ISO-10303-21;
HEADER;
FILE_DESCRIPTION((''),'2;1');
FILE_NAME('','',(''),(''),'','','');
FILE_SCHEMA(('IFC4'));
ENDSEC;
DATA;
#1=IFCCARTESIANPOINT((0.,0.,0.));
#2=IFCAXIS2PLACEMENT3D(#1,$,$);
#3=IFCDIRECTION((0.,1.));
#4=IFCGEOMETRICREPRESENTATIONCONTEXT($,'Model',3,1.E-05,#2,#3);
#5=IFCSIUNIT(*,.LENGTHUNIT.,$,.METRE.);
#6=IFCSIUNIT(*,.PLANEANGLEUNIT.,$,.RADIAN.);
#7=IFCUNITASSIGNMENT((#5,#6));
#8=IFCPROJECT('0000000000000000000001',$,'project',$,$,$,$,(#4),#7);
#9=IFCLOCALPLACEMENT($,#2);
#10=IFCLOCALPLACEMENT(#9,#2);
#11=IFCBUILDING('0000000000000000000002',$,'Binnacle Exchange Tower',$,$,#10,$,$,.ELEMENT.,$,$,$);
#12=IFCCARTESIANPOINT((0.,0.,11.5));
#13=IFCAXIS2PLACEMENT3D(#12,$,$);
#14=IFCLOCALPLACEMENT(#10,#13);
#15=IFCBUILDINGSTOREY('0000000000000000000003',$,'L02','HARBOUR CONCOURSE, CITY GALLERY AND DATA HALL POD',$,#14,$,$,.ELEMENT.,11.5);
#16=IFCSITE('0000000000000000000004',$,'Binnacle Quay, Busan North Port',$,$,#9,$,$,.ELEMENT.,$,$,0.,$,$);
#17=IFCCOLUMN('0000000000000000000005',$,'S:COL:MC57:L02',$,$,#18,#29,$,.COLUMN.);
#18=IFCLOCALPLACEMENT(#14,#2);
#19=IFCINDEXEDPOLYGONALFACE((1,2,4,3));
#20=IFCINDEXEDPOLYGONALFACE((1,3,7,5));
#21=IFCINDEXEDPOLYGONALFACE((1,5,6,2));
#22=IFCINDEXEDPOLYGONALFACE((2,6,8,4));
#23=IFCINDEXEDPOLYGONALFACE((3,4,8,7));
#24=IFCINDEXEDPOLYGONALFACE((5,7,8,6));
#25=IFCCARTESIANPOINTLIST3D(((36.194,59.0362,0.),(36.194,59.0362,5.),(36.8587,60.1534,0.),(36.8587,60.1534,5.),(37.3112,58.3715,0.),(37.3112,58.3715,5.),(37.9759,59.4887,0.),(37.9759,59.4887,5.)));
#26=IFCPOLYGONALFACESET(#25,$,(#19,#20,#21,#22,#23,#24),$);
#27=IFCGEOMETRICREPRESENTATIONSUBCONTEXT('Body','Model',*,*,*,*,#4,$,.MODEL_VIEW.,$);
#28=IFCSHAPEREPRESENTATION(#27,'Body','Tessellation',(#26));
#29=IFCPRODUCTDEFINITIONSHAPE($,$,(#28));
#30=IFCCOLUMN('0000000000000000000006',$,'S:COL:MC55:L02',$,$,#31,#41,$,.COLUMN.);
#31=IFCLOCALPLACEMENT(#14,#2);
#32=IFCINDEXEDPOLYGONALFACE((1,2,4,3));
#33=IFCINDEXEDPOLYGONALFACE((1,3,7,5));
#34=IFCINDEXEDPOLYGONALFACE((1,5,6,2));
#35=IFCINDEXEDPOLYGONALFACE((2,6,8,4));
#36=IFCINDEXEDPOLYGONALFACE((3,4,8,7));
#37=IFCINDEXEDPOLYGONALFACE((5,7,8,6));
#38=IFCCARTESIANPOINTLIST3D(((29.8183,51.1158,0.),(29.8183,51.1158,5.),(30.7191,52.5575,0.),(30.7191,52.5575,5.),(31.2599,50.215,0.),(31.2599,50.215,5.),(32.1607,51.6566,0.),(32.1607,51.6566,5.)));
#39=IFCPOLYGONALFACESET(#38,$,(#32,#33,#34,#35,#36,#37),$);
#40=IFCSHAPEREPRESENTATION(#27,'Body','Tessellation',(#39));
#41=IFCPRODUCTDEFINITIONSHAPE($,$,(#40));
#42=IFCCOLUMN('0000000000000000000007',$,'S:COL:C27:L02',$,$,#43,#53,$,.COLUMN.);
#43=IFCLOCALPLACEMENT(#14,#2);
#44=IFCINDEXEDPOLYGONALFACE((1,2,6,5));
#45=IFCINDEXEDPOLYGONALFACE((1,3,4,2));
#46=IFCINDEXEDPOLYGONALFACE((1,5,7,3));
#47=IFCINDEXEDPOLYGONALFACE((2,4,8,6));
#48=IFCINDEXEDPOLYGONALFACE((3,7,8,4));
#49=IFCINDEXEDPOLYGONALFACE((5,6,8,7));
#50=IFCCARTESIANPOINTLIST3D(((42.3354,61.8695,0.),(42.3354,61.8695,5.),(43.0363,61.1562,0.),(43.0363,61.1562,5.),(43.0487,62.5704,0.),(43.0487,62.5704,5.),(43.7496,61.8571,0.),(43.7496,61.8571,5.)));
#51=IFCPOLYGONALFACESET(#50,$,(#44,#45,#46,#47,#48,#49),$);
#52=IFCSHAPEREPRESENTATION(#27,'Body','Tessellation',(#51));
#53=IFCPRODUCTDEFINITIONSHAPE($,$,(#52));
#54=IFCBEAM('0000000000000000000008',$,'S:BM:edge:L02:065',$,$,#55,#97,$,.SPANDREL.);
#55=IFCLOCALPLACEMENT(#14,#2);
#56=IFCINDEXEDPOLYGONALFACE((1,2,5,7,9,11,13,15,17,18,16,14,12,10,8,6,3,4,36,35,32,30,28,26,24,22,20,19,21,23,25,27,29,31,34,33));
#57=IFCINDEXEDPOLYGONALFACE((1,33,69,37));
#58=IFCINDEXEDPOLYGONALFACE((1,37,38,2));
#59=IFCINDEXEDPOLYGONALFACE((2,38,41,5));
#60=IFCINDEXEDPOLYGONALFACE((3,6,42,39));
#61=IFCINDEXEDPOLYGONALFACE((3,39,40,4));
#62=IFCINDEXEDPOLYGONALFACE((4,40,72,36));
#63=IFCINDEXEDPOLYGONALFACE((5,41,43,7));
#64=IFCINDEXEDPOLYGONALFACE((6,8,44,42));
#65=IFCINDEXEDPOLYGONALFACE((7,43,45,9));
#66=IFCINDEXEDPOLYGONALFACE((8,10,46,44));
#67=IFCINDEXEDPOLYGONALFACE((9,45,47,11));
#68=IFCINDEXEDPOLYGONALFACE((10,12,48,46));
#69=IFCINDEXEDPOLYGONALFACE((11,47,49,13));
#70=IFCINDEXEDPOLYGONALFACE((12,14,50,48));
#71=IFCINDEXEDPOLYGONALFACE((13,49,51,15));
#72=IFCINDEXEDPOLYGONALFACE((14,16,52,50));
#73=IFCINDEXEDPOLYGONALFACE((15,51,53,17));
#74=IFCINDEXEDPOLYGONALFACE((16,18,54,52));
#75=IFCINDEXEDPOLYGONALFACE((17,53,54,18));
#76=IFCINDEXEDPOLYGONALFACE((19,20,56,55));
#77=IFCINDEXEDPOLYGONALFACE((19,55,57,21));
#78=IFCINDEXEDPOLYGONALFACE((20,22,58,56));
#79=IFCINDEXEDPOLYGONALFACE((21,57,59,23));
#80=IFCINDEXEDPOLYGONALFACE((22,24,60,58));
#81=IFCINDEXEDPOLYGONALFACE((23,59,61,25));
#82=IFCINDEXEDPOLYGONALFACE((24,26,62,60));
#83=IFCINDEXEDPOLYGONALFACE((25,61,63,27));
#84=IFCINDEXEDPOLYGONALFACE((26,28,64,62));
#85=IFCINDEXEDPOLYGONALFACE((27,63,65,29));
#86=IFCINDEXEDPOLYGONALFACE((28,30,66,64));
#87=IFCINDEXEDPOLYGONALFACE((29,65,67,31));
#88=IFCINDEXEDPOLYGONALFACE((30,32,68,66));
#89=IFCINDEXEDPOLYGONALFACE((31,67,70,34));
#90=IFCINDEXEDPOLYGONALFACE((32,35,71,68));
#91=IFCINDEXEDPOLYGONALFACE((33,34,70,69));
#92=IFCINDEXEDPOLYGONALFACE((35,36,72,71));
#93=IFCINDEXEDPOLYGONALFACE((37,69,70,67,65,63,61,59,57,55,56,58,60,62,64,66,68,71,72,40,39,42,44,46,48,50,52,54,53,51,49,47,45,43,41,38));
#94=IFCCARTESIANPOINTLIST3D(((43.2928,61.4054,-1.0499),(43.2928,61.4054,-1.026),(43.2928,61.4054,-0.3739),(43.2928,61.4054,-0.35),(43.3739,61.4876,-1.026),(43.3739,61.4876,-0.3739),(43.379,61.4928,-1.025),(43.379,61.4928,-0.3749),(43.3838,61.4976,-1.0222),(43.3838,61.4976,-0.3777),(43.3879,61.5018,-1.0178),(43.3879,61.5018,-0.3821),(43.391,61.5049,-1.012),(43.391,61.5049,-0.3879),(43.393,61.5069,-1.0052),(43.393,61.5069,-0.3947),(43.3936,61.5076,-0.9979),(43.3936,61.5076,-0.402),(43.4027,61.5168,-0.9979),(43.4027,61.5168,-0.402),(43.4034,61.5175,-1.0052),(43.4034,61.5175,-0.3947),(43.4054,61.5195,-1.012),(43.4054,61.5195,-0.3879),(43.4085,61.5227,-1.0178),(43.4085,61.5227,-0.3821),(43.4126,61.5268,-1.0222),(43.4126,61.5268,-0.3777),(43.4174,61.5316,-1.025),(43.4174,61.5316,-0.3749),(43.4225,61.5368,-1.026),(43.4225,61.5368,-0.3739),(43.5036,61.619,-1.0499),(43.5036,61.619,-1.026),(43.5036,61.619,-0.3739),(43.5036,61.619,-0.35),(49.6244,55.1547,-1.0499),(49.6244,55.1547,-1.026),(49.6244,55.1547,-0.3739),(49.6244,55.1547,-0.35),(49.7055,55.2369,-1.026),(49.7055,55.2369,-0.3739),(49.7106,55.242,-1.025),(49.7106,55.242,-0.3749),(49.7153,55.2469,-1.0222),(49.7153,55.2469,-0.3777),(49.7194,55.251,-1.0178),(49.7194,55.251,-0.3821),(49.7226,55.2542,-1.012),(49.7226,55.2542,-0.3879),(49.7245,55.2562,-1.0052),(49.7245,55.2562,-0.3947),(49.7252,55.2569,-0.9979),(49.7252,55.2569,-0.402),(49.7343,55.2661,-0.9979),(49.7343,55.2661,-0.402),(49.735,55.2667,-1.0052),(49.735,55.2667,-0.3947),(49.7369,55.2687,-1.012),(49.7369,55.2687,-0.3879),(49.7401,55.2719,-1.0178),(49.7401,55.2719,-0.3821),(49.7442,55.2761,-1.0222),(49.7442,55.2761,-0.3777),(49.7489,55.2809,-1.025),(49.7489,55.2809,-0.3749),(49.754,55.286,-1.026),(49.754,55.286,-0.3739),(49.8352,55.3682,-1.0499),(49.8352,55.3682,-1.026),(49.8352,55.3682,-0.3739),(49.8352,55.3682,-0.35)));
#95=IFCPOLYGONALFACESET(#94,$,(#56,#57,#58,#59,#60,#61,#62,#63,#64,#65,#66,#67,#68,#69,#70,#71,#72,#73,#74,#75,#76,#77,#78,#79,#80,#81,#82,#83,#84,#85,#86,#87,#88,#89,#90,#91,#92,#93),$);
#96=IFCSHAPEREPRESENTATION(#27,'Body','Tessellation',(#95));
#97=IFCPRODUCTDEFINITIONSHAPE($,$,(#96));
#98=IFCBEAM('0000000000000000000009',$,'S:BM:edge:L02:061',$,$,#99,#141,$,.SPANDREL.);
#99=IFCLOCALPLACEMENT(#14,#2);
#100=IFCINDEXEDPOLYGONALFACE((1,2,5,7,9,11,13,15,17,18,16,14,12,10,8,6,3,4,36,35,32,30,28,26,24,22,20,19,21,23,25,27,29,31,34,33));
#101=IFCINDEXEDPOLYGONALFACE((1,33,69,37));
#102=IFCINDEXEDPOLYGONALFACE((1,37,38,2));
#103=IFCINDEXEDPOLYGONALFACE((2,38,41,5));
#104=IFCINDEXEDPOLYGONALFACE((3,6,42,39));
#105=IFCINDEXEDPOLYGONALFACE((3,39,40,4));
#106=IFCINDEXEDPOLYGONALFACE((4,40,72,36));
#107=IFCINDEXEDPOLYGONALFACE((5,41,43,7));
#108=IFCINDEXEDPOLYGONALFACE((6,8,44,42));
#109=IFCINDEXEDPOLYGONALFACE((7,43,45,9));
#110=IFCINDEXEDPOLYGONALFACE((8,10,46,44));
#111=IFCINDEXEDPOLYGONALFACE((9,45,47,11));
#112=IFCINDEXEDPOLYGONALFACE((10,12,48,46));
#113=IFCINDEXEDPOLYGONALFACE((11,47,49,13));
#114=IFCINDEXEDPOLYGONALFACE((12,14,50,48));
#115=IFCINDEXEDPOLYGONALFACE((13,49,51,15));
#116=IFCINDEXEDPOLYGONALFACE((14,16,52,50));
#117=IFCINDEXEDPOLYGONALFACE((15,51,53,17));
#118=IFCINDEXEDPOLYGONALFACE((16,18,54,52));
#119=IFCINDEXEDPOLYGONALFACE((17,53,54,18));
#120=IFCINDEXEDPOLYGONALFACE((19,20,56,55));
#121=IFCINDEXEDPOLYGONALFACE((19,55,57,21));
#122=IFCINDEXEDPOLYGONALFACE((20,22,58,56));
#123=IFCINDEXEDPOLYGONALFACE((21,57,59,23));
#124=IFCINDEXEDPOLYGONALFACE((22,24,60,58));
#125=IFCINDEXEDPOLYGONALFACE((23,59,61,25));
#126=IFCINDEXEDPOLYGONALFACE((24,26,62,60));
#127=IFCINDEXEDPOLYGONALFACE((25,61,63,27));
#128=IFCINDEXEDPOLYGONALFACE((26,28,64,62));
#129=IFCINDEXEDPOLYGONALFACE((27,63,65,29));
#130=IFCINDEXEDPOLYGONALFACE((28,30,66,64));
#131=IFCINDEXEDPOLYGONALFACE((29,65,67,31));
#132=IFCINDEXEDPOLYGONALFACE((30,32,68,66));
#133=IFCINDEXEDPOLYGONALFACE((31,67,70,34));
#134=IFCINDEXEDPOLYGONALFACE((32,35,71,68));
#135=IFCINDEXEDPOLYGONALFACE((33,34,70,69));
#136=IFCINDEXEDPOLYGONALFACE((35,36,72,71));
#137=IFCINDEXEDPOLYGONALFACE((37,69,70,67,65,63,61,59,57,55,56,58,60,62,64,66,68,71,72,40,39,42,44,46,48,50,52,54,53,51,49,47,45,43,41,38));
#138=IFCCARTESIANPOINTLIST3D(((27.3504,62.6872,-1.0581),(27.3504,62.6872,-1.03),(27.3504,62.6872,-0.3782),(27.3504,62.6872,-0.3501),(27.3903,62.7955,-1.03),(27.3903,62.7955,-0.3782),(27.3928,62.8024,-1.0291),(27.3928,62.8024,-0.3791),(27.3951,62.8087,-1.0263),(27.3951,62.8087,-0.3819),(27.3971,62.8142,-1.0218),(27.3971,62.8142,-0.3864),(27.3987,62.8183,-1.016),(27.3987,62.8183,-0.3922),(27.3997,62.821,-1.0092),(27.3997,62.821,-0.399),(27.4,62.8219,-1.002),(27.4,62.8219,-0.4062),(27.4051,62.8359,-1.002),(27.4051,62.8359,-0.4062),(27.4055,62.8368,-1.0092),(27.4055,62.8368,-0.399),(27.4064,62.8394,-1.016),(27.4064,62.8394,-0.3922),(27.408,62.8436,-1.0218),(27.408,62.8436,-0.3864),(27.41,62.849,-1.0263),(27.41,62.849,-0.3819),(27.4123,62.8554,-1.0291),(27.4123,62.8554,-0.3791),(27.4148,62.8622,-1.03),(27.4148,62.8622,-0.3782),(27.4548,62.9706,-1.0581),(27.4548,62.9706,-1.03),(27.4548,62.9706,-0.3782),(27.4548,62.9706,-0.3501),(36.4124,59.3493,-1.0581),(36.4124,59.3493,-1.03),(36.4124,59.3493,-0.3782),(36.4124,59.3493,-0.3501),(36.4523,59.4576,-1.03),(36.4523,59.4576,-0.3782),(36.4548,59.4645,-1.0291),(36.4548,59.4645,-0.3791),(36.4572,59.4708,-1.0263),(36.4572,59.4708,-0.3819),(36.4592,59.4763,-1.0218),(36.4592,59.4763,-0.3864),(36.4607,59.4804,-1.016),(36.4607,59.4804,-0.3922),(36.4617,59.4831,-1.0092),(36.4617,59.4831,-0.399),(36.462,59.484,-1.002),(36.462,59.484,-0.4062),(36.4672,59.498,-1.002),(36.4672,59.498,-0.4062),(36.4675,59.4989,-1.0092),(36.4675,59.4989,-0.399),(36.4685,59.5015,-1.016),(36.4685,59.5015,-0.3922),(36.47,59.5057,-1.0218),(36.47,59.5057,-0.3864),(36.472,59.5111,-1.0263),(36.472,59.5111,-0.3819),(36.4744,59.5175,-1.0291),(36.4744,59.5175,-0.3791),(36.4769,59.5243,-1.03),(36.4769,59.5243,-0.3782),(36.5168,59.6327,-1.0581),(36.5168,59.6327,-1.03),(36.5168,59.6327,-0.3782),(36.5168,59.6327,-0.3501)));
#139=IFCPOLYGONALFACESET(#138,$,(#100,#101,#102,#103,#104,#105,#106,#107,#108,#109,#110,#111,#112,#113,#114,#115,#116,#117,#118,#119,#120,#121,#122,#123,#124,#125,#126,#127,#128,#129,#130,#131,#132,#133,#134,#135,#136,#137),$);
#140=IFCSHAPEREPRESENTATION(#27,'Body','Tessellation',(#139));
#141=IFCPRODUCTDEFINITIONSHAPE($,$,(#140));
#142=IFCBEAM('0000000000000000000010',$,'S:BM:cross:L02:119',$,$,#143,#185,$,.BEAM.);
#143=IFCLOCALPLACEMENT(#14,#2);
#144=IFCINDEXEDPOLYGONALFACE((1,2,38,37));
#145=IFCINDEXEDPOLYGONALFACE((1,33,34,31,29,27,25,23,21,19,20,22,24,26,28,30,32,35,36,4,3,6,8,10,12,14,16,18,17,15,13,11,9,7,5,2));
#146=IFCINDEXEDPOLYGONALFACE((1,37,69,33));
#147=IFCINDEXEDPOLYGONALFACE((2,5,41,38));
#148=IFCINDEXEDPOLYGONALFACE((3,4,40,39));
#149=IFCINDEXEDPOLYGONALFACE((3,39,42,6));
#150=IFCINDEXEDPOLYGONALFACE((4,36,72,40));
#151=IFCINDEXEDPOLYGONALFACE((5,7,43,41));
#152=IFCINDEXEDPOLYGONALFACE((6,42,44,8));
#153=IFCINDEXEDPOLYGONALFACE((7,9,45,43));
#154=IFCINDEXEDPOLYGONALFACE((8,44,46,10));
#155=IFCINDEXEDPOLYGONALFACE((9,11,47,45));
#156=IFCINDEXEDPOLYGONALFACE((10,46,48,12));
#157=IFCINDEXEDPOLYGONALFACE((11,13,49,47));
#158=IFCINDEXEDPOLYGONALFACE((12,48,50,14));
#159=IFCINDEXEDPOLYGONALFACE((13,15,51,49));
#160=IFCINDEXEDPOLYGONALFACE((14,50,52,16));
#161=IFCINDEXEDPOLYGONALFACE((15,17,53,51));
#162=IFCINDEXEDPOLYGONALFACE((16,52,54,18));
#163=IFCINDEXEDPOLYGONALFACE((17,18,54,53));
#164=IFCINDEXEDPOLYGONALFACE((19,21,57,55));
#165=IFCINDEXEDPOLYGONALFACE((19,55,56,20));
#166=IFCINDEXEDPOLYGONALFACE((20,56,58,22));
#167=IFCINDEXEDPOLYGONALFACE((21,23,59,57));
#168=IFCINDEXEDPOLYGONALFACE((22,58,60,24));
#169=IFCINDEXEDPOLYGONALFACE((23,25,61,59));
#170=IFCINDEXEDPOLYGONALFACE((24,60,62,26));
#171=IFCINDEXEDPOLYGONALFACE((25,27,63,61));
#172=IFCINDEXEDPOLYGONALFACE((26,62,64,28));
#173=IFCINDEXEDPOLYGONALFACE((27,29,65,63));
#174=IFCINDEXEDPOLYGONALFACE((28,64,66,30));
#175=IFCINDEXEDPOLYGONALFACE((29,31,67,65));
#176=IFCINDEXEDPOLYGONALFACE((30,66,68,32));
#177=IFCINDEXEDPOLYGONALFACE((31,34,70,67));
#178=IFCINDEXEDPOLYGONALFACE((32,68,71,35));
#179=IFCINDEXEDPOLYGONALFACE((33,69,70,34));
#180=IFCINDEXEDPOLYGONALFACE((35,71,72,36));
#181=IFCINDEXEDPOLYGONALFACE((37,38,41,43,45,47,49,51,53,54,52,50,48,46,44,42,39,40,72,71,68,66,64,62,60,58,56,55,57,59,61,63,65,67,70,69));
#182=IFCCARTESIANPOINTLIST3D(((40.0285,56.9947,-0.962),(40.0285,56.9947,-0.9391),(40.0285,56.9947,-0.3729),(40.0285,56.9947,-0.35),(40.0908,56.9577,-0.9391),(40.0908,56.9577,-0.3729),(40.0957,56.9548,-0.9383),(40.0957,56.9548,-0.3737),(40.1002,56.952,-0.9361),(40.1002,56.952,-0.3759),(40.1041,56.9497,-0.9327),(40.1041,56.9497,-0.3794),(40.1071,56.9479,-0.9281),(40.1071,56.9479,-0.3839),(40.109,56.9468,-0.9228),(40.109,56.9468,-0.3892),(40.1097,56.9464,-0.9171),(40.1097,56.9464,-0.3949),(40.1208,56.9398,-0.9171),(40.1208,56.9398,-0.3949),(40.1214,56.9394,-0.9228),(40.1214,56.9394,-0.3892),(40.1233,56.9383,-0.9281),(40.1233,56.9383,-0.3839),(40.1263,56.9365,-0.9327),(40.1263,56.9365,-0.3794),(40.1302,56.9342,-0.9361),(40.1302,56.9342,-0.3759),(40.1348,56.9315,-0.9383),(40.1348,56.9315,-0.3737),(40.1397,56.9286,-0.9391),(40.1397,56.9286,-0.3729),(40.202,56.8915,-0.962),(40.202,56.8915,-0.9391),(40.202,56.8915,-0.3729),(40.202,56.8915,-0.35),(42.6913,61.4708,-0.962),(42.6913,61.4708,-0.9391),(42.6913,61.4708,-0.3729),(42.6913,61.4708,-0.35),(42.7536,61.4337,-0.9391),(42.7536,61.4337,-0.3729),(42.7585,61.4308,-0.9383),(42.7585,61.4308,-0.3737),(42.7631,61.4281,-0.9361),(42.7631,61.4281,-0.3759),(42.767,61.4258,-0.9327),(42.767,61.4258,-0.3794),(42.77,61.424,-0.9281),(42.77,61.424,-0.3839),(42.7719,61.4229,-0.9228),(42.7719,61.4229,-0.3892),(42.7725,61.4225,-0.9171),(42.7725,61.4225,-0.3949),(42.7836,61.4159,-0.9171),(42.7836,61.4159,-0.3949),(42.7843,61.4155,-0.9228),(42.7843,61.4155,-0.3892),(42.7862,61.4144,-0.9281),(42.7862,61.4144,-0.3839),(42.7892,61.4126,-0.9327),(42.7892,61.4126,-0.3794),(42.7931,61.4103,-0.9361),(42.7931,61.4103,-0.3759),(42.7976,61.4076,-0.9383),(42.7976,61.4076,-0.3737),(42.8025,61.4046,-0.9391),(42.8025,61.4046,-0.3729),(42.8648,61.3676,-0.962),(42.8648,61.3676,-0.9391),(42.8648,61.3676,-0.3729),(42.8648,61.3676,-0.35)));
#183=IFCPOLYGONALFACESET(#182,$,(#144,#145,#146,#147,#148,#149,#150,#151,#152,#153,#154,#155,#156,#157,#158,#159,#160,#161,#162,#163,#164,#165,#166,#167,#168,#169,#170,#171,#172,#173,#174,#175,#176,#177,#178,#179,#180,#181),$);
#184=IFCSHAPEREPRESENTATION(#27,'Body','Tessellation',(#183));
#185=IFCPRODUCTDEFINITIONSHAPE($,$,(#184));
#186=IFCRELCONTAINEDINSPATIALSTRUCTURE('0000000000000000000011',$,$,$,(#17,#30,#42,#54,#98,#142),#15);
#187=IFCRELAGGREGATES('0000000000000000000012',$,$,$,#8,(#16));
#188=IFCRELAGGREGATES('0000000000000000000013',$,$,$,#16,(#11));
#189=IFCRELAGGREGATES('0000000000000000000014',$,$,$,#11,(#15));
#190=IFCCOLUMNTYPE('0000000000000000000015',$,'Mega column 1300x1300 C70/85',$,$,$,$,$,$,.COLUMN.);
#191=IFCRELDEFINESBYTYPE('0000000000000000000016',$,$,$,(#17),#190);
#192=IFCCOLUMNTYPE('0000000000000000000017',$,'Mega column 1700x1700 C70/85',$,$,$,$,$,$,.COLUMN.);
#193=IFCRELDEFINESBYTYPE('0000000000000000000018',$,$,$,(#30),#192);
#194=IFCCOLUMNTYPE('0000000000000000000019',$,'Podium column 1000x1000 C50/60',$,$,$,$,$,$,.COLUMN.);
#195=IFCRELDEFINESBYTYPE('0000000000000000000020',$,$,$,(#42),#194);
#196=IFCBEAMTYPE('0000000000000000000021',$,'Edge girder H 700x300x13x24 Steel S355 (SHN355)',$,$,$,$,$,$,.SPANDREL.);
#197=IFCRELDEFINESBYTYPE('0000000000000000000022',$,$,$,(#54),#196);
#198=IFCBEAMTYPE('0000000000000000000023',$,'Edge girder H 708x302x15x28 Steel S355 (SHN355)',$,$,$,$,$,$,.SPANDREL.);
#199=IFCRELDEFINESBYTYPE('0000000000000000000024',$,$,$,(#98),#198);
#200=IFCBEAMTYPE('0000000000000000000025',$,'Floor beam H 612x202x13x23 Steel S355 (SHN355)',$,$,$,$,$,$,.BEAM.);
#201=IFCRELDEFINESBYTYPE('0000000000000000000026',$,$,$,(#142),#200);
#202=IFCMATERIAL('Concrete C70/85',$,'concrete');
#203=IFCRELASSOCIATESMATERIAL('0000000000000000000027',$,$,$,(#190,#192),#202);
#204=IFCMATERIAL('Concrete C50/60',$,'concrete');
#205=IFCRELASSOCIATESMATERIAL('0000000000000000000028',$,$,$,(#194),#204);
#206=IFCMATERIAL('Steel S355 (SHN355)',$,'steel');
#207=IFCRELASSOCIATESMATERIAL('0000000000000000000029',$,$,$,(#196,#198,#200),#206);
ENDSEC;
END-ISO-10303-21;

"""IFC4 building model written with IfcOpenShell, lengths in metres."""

from ifc_helpers import new_model, si_unit, direction, frame, origin, origin_2d, place, context, subcontext, project, spatial, rectangle, i_section, extrude, material, material_profile, profile_set, type_object, element, save


model = new_model("IFC4")

# Units and contexts
model_context = context("Model", 3, precision=1e-05, world=origin(), true_north=direction((0.0, 1.0)))
body_context = subcontext(model_context, "Body", "Model", "MODEL_VIEW")
ifc_project = project(units=[si_unit("LENGTHUNIT", "METRE"), si_unit("PLANEANGLEUNIT", "RADIAN")], contexts=[model_context])

# Site, building, storey
site_placement = place(None, origin())
site = spatial("IfcSite", under=ifc_project, at=site_placement, Name="Binnacle Quay, Busan North Port", CompositionType="ELEMENT", RefElevation=0.0)
building_placement = place(site_placement, origin())
building = spatial("IfcBuilding", under=site, at=building_placement, Name="Binnacle Exchange Tower", CompositionType="ELEMENT")
storey_placement = place(building_placement, frame((0.0, 0.0, 11.5)))
storey = spatial("IfcBuildingStorey", under=building, at=storey_placement, Name="L02", Description="HARBOUR CONCOURSE, CITY GALLERY AND DATA HALL POD", CompositionType="ELEMENT", Elevation=11.5)

# Columns
ifc_material_1 = material(Name="Concrete C70/85", Category="concrete")
ifc_material_profile_1 = material_profile(ifc_material_1, rectangle(XDim=1.3, YDim=1.3, at=origin_2d()), Name="Mega column 1300x1300 C70/85")
ifc_profile_set_1 = profile_set([ifc_material_profile_1], Name="Concrete C70/85")
column_type_1 = type_object("IfcColumnType", Name="Mega column 1300x1300 C70/85", PredefinedType="COLUMN", material=ifc_profile_set_1)
column_1_placement = place(storey_placement, frame((37.085, 59.2625, 0.0), z_axis=(0.0, 0.0, 1.0), x_axis=(-0.859406, 0.511293, 0.0)))
element("IfcColumn", 1, at=column_1_placement, inside=storey, type_object=column_type_1, Name="S:COL:MC57:L02", PredefinedType="COLUMN", context=body_context, shape_type="SweptSolid", body=[
    extrude(rectangle(XDim=1.3, YDim=1.3, at=origin_2d()), origin(), (0.0, 0.0, 1.0), 5.0),
])
ifc_material_profile_2 = material_profile(ifc_material_1, rectangle(XDim=1.7, YDim=1.7, at=origin_2d()), Name="Mega column 1700x1700 C70/85")
ifc_profile_set_2 = profile_set([ifc_material_profile_2], Name="Concrete C70/85")
column_type_2 = type_object("IfcColumnType", Name="Mega column 1700x1700 C70/85", PredefinedType="COLUMN", material=ifc_profile_set_2)
column_2_placement = place(storey_placement, frame((30.9895, 51.3862, 0.0), z_axis=(0.0, 0.0, 1.0), x_axis=(0.529919, 0.848048, 0.0)))
element("IfcColumn", 2, at=column_2_placement, inside=storey, type_object=column_type_2, Name="S:COL:MC55:L02", PredefinedType="COLUMN", context=body_context, shape_type="SweptSolid", body=[
    extrude(rectangle(XDim=1.7, YDim=1.7, at=origin_2d()), origin(), (0.0, 0.0, 1.0), 5.0),
])
ifc_material_2 = material(Name="Concrete C50/60", Category="concrete")
ifc_material_profile_3 = material_profile(ifc_material_2, rectangle(XDim=1.0, YDim=1.0, at=origin_2d()), Name="Podium column 1000x1000 C50/60")
ifc_profile_set_3 = profile_set([ifc_material_profile_3], Name="Concrete C50/60")
column_type_3 = type_object("IfcColumnType", Name="Podium column 1000x1000 C50/60", PredefinedType="COLUMN", material=ifc_profile_set_3)
column_3_placement = place(storey_placement, frame((43.0425, 61.8633, 0.0), z_axis=(0.0, 0.0, 1.0), x_axis=(-0.700909, 0.71325, 0.0)))
element("IfcColumn", 3, at=column_3_placement, inside=storey, type_object=column_type_3, Name="S:COL:C27:L02", PredefinedType="COLUMN", context=body_context, shape_type="SweptSolid", body=[
    extrude(rectangle(XDim=1.0, YDim=1.0, at=origin_2d()), origin(), (0.0, 0.0, 1.0), 5.0),
])

# Beams
ifc_material_3 = material(Name="Steel S355 (SHN355)", Category="steel")
ifc_material_profile_4 = material_profile(ifc_material_3, i_section(OverallWidth=0.3, OverallDepth=0.7, WebThickness=0.0129, FlangeThickness=0.0239, FilletRadius=0.0281, at=origin_2d()), Name="H 700x300x13x24")
ifc_profile_set_4 = profile_set([ifc_material_profile_4], Name="Steel S355 (SHN355)")
beam_type_1 = type_object("IfcBeamType", Name="Edge girder H 700x300x13x24 Steel S355 (SHN355)", PredefinedType="SPANDREL", material=ifc_profile_set_4)
beam_1_placement = place(storey_placement, frame((43.3982, 61.5122, -0.7), z_axis=(0.711634, -0.702551, 0.0), x_axis=(0.702551, 0.711634, 0.0)))
element("IfcBeam", 4, at=beam_1_placement, inside=storey, type_object=beam_type_1, Name="S:BM:edge:L02:065", PredefinedType="SPANDREL", context=body_context, shape_type="SweptSolid", body=[
    extrude(i_section(OverallWidth=0.3, OverallDepth=0.7, WebThickness=0.0129, FlangeThickness=0.0239, FilletRadius=0.0281, at=origin_2d()), origin(), (0.0, 0.0, 1.0), 8.8972),
])
ifc_material_profile_5 = material_profile(ifc_material_3, i_section(OverallWidth=0.302, OverallDepth=0.708, WebThickness=0.0149, FlangeThickness=0.0281, FilletRadius=0.0281, at=origin_2d()), Name="H 708x302x15x28")
ifc_profile_set_5 = profile_set([ifc_material_profile_5], Name="Steel S355 (SHN355)")
beam_type_2 = type_object("IfcBeamType", Name="Edge girder H 708x302x15x28 Steel S355 (SHN355)", PredefinedType="SPANDREL", material=ifc_profile_set_5)
beam_2_placement = place(storey_placement, frame((36.4646, 59.491, -0.7041), z_axis=(-0.938368, 0.345637, 0.0), x_axis=(-0.345637, -0.938368, 0.0)))
element("IfcBeam", 5, at=beam_2_placement, inside=storey, type_object=beam_type_2, Name="S:BM:edge:L02:061", PredefinedType="SPANDREL", context=body_context, shape_type="SweptSolid", body=[
    extrude(i_section(OverallWidth=0.302, OverallDepth=0.708, WebThickness=0.0149, FlangeThickness=0.0281, FilletRadius=0.0281, at=origin_2d()), origin(), (0.0, 0.0, 1.0), 9.6572),
])
ifc_material_profile_6 = material_profile(ifc_material_3, i_section(OverallWidth=0.2019, OverallDepth=0.6121, WebThickness=0.0129, FlangeThickness=0.0229, FilletRadius=0.022, at=origin_2d()), Name="H 612x202x13x23")
ifc_profile_set_6 = profile_set([ifc_material_profile_6], Name="Steel S355 (SHN355)")
beam_type_3 = type_object("IfcBeamType", Name="Floor beam H 612x202x13x23 Steel S355 (SHN355)", PredefinedType="BEAM", material=ifc_profile_set_6)
beam_3_placement = place(storey_placement, frame((42.7781, 61.4192, -0.656), z_axis=(-0.511273, -0.859418, 0.0), x_axis=(0.859418, -0.511273, 0.0)))
element("IfcBeam", 6, at=beam_3_placement, inside=storey, type_object=beam_type_3, Name="S:BM:cross:L02:119", PredefinedType="BEAM", context=body_context, shape_type="SweptSolid", body=[
    extrude(i_section(OverallWidth=0.2019, OverallDepth=0.6121, WebThickness=0.0129, FlangeThickness=0.0229, FilletRadius=0.022, at=origin_2d()), origin(), (0.0, 0.0, 1.0), 5.2083),
])

save(model, "model.ifc")
